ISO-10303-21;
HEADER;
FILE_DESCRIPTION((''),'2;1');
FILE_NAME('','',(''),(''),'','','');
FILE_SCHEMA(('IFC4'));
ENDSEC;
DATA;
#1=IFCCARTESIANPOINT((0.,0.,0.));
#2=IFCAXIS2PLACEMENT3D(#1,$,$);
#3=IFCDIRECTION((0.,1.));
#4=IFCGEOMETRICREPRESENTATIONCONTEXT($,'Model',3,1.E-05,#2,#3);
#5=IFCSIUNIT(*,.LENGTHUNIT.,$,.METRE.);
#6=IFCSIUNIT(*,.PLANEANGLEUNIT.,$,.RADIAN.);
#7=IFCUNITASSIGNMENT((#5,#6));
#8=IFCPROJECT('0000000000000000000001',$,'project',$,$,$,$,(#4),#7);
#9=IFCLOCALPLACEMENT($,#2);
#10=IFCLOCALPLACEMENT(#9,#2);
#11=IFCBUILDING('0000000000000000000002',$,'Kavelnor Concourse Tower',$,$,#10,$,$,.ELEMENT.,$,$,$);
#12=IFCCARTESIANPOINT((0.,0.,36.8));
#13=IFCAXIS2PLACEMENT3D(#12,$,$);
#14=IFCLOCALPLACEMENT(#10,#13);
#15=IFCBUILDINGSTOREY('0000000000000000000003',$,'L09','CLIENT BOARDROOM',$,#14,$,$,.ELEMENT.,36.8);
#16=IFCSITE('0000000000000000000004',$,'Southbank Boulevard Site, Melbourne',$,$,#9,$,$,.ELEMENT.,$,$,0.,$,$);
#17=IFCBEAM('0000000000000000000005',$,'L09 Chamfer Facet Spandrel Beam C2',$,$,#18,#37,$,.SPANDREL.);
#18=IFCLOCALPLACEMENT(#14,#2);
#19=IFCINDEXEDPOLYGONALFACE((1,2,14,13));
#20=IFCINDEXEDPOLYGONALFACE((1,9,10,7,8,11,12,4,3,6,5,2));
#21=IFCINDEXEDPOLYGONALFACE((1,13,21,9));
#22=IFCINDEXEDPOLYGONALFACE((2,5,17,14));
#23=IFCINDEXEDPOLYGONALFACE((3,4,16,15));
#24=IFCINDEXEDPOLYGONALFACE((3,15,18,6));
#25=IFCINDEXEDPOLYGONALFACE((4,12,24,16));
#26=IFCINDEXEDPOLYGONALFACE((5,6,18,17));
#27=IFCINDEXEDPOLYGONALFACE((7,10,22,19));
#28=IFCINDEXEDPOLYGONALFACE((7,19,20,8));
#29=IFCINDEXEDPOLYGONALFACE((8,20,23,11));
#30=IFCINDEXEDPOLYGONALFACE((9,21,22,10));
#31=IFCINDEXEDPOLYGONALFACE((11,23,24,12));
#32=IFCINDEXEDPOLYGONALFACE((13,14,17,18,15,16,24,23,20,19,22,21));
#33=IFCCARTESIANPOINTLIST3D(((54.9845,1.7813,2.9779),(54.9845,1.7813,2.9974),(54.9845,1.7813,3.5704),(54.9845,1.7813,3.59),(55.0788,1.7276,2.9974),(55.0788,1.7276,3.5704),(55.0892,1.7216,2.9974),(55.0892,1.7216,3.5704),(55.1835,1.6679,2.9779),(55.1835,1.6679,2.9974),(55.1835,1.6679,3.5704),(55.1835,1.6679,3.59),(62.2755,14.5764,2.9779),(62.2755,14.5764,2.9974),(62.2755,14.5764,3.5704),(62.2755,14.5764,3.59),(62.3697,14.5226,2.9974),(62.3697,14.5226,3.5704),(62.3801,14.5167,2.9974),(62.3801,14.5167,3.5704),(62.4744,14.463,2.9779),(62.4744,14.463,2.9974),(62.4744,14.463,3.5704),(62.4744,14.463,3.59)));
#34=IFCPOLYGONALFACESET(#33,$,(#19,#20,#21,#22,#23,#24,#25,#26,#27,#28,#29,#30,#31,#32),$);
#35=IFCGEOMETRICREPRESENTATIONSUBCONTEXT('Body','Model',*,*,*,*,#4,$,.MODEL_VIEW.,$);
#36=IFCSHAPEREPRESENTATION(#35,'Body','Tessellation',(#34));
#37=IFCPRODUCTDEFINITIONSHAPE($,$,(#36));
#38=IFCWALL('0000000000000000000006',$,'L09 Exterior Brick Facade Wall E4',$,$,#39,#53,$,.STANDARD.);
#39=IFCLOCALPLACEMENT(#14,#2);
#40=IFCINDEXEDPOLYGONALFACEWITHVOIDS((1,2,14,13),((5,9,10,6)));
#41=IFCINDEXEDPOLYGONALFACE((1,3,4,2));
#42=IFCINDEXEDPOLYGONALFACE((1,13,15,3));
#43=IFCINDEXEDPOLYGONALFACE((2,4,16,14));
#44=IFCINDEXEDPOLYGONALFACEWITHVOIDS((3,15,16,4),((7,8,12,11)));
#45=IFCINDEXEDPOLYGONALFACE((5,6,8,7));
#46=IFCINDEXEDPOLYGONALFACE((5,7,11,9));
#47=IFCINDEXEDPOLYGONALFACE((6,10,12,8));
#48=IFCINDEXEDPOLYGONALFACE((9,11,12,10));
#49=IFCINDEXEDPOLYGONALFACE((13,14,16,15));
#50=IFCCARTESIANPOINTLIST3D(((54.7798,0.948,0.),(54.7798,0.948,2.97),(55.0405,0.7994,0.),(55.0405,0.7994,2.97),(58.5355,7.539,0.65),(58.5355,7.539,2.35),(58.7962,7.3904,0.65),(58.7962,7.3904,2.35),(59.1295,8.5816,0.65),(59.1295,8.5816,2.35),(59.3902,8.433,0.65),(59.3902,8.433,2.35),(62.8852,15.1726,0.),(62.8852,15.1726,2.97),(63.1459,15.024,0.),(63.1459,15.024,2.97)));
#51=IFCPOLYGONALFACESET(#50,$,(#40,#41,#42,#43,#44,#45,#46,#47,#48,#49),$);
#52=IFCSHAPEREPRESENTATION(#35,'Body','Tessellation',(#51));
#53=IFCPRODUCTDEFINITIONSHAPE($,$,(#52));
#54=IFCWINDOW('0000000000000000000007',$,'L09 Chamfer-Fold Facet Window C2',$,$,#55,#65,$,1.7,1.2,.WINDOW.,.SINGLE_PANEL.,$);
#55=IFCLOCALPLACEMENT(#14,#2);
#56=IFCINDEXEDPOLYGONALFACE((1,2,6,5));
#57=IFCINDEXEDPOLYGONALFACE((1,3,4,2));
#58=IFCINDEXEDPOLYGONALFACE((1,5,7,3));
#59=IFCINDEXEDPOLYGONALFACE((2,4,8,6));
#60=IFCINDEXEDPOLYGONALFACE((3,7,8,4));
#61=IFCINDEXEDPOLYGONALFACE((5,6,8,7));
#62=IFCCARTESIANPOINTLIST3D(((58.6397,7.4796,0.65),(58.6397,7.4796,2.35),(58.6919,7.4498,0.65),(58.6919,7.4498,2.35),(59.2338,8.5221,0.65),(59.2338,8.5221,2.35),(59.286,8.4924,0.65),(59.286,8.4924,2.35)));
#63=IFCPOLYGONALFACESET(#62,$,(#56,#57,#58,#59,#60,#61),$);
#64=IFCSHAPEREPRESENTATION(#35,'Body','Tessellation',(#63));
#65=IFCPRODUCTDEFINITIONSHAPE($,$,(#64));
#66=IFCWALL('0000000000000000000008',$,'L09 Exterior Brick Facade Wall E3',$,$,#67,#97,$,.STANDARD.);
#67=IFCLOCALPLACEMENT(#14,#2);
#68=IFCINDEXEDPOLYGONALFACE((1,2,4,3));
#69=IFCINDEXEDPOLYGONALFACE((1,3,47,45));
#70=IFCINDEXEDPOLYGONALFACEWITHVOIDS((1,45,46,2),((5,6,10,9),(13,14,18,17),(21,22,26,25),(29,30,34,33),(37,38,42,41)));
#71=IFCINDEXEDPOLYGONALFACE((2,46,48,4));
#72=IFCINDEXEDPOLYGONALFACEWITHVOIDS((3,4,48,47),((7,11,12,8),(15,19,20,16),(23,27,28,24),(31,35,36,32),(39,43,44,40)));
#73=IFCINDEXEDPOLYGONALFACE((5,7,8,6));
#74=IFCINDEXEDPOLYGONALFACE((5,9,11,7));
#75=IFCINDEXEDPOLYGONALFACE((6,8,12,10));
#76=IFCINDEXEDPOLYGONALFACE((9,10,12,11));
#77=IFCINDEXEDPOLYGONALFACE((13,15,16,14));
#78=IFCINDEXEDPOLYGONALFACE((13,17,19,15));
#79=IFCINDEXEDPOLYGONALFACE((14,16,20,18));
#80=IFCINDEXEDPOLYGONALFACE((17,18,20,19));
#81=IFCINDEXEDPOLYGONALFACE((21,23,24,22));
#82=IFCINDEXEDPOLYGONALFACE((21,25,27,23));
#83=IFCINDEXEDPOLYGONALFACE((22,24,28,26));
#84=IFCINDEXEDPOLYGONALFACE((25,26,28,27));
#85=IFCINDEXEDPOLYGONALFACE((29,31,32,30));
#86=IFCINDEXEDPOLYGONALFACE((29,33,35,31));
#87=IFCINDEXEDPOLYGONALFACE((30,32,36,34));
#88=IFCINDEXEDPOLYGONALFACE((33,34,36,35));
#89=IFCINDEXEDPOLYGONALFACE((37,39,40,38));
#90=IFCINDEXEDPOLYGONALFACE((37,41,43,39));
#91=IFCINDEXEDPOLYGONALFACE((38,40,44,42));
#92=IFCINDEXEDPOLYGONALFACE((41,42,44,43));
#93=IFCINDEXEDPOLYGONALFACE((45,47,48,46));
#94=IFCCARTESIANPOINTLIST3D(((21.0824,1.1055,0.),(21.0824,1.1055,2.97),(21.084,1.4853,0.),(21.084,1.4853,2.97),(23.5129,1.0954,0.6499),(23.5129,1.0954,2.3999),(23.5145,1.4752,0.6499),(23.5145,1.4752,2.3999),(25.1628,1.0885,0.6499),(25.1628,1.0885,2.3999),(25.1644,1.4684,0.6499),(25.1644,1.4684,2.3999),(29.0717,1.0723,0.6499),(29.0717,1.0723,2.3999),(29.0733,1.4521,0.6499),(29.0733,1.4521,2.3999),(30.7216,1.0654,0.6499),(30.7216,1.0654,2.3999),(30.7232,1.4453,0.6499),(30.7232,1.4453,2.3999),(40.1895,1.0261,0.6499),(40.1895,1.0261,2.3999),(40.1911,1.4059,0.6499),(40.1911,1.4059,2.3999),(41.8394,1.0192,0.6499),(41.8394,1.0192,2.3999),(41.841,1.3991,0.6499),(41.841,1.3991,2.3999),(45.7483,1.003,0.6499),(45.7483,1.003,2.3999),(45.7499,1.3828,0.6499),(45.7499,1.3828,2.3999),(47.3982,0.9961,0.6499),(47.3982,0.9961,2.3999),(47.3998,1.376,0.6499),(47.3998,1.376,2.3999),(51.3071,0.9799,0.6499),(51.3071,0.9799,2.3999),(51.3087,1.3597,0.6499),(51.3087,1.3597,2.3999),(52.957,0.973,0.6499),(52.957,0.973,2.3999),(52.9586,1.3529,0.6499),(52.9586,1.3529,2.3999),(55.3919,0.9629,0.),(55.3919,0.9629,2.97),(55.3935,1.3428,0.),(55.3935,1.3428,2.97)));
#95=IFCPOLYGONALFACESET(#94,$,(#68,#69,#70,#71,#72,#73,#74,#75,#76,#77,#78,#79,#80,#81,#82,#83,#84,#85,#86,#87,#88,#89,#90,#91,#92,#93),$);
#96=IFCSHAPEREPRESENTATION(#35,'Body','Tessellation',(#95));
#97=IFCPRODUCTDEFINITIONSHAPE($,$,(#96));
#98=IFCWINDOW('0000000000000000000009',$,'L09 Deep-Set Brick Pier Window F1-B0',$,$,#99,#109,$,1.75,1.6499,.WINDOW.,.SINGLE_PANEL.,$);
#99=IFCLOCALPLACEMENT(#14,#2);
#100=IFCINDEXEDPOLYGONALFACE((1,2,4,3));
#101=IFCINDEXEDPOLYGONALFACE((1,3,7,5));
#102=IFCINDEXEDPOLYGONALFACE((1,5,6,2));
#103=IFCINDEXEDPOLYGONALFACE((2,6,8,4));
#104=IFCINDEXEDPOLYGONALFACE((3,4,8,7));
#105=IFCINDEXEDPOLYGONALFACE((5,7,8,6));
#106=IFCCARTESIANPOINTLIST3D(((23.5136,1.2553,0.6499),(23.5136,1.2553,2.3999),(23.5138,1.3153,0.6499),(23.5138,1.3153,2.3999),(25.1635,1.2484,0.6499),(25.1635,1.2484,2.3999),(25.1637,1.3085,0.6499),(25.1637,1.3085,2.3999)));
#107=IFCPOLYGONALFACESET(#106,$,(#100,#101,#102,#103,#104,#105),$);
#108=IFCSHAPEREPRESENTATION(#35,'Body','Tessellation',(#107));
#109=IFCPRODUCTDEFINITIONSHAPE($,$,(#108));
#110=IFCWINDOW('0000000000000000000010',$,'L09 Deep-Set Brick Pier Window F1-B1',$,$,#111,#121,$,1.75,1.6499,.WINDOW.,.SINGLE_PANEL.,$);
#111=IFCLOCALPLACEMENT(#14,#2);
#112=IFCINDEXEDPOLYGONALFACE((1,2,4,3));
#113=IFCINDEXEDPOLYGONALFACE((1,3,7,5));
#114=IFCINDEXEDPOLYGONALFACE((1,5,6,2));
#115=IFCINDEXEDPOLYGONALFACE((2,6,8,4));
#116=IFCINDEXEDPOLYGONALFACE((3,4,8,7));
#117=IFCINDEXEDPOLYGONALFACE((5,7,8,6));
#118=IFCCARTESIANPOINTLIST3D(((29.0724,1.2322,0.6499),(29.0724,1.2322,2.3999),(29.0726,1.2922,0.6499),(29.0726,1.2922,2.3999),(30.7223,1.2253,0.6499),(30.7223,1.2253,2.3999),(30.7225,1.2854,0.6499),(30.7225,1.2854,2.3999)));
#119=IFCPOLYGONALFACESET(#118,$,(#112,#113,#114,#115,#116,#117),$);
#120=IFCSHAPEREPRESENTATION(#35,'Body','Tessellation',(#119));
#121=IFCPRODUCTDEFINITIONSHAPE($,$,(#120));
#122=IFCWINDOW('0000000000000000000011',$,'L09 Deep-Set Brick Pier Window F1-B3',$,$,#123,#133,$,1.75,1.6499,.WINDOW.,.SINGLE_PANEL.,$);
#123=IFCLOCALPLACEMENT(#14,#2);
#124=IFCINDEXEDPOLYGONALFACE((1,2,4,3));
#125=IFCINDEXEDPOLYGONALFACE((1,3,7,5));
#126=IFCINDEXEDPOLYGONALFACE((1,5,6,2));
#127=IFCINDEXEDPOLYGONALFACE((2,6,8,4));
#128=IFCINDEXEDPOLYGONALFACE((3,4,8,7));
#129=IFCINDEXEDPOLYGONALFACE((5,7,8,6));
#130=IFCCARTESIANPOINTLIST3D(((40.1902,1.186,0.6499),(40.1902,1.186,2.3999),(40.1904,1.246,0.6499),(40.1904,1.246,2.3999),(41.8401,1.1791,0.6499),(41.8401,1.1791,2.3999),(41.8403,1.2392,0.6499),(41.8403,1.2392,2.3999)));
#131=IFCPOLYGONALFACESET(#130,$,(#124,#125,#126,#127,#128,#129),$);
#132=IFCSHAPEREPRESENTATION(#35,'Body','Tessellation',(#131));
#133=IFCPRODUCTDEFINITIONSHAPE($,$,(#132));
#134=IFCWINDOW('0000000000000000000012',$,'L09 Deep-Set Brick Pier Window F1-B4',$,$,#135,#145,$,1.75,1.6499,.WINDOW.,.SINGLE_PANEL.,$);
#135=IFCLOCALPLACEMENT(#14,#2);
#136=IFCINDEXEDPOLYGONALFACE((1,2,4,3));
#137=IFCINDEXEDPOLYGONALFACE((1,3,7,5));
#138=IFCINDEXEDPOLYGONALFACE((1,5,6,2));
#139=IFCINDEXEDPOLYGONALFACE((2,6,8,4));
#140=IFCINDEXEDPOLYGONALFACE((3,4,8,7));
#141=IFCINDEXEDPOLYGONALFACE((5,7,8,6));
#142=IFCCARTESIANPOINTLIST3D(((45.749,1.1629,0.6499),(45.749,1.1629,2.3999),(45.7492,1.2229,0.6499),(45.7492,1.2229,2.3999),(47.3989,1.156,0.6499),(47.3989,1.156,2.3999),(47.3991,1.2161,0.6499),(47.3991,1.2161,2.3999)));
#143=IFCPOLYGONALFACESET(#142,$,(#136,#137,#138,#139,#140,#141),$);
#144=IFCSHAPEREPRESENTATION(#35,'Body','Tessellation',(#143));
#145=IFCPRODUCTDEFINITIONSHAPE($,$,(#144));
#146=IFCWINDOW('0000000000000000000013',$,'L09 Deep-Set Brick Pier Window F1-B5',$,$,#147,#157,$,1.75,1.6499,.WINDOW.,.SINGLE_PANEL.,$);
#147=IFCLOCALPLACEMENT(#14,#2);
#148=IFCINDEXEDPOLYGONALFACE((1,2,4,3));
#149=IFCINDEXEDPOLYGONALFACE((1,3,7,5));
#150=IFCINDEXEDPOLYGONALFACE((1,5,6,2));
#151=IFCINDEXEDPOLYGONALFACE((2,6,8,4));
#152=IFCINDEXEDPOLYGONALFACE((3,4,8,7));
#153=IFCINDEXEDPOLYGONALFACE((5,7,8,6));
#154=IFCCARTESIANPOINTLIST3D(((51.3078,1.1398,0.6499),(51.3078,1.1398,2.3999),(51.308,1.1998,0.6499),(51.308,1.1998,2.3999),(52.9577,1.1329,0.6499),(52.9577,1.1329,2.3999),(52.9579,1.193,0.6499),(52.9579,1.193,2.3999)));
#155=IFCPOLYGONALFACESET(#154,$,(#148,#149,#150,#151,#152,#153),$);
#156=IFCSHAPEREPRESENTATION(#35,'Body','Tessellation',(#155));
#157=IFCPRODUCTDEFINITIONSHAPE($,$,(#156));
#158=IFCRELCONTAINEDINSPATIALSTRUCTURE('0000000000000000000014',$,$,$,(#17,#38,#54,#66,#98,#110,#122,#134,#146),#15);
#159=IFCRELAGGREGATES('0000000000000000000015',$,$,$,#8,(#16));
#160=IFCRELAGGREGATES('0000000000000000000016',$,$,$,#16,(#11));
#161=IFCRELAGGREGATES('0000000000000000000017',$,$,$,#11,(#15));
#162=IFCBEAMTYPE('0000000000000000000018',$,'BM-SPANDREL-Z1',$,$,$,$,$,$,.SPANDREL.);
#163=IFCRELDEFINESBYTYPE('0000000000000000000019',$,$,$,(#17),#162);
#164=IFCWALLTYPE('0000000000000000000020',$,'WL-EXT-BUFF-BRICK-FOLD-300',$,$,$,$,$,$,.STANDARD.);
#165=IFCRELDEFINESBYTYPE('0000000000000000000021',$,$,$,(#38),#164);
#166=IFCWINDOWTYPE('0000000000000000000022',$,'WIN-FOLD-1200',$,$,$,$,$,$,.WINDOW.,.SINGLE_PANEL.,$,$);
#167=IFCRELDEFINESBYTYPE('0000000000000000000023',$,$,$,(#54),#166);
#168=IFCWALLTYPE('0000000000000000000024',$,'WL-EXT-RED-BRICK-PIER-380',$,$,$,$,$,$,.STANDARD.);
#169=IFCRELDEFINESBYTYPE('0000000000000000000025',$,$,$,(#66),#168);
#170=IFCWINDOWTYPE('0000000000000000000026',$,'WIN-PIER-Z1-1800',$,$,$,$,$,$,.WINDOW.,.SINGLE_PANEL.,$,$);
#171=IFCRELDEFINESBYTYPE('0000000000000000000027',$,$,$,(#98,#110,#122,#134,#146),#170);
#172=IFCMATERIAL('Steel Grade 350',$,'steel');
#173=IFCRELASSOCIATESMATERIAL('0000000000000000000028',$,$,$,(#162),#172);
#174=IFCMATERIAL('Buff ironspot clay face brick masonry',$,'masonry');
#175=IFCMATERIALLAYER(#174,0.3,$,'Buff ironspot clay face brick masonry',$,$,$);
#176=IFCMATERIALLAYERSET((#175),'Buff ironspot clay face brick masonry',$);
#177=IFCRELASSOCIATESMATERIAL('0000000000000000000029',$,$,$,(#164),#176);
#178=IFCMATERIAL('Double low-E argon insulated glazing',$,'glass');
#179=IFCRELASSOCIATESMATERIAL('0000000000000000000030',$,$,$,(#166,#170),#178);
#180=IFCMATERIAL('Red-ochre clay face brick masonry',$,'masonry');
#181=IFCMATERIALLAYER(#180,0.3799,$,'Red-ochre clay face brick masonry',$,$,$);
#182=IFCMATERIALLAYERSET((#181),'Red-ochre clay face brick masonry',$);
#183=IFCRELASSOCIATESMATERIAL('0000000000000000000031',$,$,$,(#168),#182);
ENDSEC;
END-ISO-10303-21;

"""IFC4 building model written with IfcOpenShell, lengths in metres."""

from ifc_helpers import new_model, si_unit, direction, frame, frame_2d, origin, origin_2d, place, context, subcontext, project, spatial, rectangle, i_section, extrude, material, layer, layer_set, material_profile, profile_set, type_object, element, fill, save


model = new_model("IFC4")

# Units and contexts
model_context = context("Model", 3, precision=1e-05, world=origin(), true_north=direction((0.0, 1.0)))
body_context = subcontext(model_context, "Body", "Model", "MODEL_VIEW")
ifc_project = project(units=[si_unit("LENGTHUNIT", "METRE"), si_unit("PLANEANGLEUNIT", "RADIAN")], contexts=[model_context])

# Site, building, storey
site_placement = place(None, origin())
site = spatial("IfcSite", under=ifc_project, at=site_placement, Name="Southbank Boulevard Site, Melbourne", CompositionType="ELEMENT", RefElevation=0.0)
building_placement = place(site_placement, origin())
building = spatial("IfcBuilding", under=site, at=building_placement, Name="Kavelnor Concourse Tower", CompositionType="ELEMENT")
storey_placement = place(building_placement, frame((0.0, 0.0, 36.8)))
storey = spatial("IfcBuildingStorey", under=building, at=storey_placement, Name="L09", Description="CLIENT BOARDROOM", CompositionType="ELEMENT", Elevation=36.8)

# Shared definitions
ifc_material_1 = material(Name="Steel Grade 350", Category="steel")

# Beam
ifc_material_profile_1 = material_profile(ifc_material_1, i_section(OverallWidth=0.229, OverallDepth=0.6121, WebThickness=0.012, FlangeThickness=0.0195, at=origin_2d()), Name="610UB125")
ifc_profile_set_1 = profile_set([ifc_material_profile_1], Name="Steel Grade 350")
beam_type_1 = type_object("IfcBeamType", Name="BM-SPANDREL-Z1", PredefinedType="SPANDREL", material=ifc_profile_set_1)
beam_1_placement = place(storey_placement, frame((55.084, 1.7246, 3.2839), z_axis=(0.495089, 0.868842, 0.0), x_axis=(-0.868842, 0.495089, 0.0)))
element("IfcBeam", 1, at=beam_1_placement, inside=storey, type_object=beam_type_1, Name="L09 Chamfer Facet Spandrel Beam C2", PredefinedType="SPANDREL", context=body_context, shape_type="SweptSolid", body=[
    extrude(i_section(OverallWidth=0.229, OverallDepth=0.6121, WebThickness=0.012, FlangeThickness=0.0195, at=origin_2d()), origin(), (0.0, 0.0, 1.0), 14.7266),
])

# Wall, opening, window
ifc_material_2 = material(Name="Buff ironspot clay face brick masonry", Category="masonry")
ifc_layer_1 = layer(ifc_material_2, 0.3, Name="Buff ironspot clay face brick masonry")
ifc_layer_set_1 = layer_set([ifc_layer_1], Name="Buff ironspot clay face brick masonry")
wall_type_1 = type_object("IfcWallType", Name="WL-EXT-BUFF-BRICK-FOLD-300", PredefinedType="STANDARD", material=ifc_layer_set_1)
wall_1_placement = place(storey_placement, frame((63.0156, 15.0984, 0.0), z_axis=(0.0, 0.0, 1.0), x_axis=(-0.495085, -0.868844, 0.0)))
wall_1 = element("IfcWall", 2, at=wall_1_placement, inside=storey, type_object=wall_type_1, Name="L09 Exterior Brick Facade Wall E4", PredefinedType="STANDARD", context=body_context, shape_type="SweptSolid", body=[
    extrude(rectangle(XDim=16.3718, YDim=0.3, at=frame_2d((8.186, 0.0))), origin(), (0.0, 0.0, 1.0), 2.97),
])
opening_1_placement = place(wall_1_placement, frame((7.5859, 0.0, 0.6499)))
opening_1 = element("IfcOpeningElement", 3, at=opening_1_placement, cuts=wall_1, PredefinedType="OPENING", context=body_context, shape_type="SweptSolid", body=[
    extrude(rectangle(XDim=1.2, YDim=1.7, at=frame_2d((0.6001, 0.8501))), frame((0.0, 0.1602, 0.0), z_axis=(0.0, -1.0, 0.0), x_axis=(1.0, 0.0, 0.0)), (0.0, 0.0, 1.0), 0.3201),
])
ifc_material_3 = material(Name="Double low-E argon insulated glazing", Category="glass")
window_type_1 = type_object("IfcWindowType", Name="WIN-FOLD-1200", PartitioningType="SINGLE_PANEL", PredefinedType="WINDOW", material=ifc_material_3)
window_1_placement = place(opening_1_placement, origin())
window_1 = element("IfcWindow", 4, at=window_1_placement, inside=storey, type_object=window_type_1, Name="L09 Chamfer-Fold Facet Window C2", OverallHeight=1.7, OverallWidth=1.2, PartitioningType="SINGLE_PANEL", PredefinedType="WINDOW", context=body_context, shape_type="SweptSolid", body=[
    extrude(rectangle(XDim=1.2, YDim=1.7, at=frame_2d((0.6001, 0.8501))), frame((0.0, 0.03, 0.0), z_axis=(0.0, -1.0, 0.0), x_axis=(1.0, 0.0, 0.0)), (0.0, 0.0, 1.0), 0.0601),
])
fill(opening_1, window_1)

# Wall, openings, windows
ifc_material_4 = material(Name="Red-ochre clay face brick masonry", Category="masonry")
ifc_layer_2 = layer(ifc_material_4, 0.3799, Name="Red-ochre clay face brick masonry")
ifc_layer_set_2 = layer_set([ifc_layer_2], Name="Red-ochre clay face brick masonry")
wall_type_2 = type_object("IfcWallType", Name="WL-EXT-RED-BRICK-PIER-380", PredefinedType="STANDARD", material=ifc_layer_set_2)
wall_2_placement = place(storey_placement, frame((55.3926, 1.1528, 0.0), z_axis=(0.0, 0.0, 1.0), x_axis=(-0.999991, 0.004156, 0.0)))
wall_2 = element("IfcWall", 5, at=wall_2_placement, inside=storey, type_object=wall_type_2, Name="L09 Exterior Brick Facade Wall E3", PredefinedType="STANDARD", context=body_context, shape_type="SweptSolid", body=[
    extrude(rectangle(XDim=34.3098, YDim=0.3799, at=frame_2d((17.1548, 0.0))), origin(), (0.0, 0.0, 1.0), 2.97),
])
opening_2_placement = place(wall_2_placement, frame((30.2292, 0.0, 0.6499)))
opening_2 = element("IfcOpeningElement", 6, at=opening_2_placement, cuts=wall_2, PredefinedType="OPENING", context=body_context, shape_type="SweptSolid", body=[
    extrude(rectangle(XDim=1.6499, YDim=1.75, at=frame_2d((0.825, 0.875))), frame((0.0, 0.2, 0.0), z_axis=(0.0, -1.0, 0.0), x_axis=(1.0, 0.0, 0.0)), (0.0, 0.0, 1.0), 0.3999),
])
opening_3_placement = place(wall_2_placement, frame((24.6704, 0.0, 0.6499)))
opening_3 = element("IfcOpeningElement", 7, at=opening_3_placement, cuts=wall_2, PredefinedType="OPENING", context=body_context, shape_type="SweptSolid", body=[
    extrude(rectangle(XDim=1.6499, YDim=1.75, at=frame_2d((0.825, 0.875))), frame((0.0, 0.2, 0.0), z_axis=(0.0, -1.0, 0.0), x_axis=(1.0, 0.0, 0.0)), (0.0, 0.0, 1.0), 0.3999),
])
opening_4_placement = place(wall_2_placement, frame((13.5525, 0.0, 0.6499)))
opening_4 = element("IfcOpeningElement", 8, at=opening_4_placement, cuts=wall_2, PredefinedType="OPENING", context=body_context, shape_type="SweptSolid", body=[
    extrude(rectangle(XDim=1.6499, YDim=1.75, at=frame_2d((0.825, 0.875))), frame((0.0, 0.2, 0.0), z_axis=(0.0, -1.0, 0.0), x_axis=(1.0, 0.0, 0.0)), (0.0, 0.0, 1.0), 0.3999),
])
opening_5_placement = place(wall_2_placement, frame((7.9937, 0.0, 0.6499)))
opening_5 = element("IfcOpeningElement", 9, at=opening_5_placement, cuts=wall_2, PredefinedType="OPENING", context=body_context, shape_type="SweptSolid", body=[
    extrude(rectangle(XDim=1.6499, YDim=1.75, at=frame_2d((0.825, 0.875))), frame((0.0, 0.2, 0.0), z_axis=(0.0, -1.0, 0.0), x_axis=(1.0, 0.0, 0.0)), (0.0, 0.0, 1.0), 0.3999),
])
opening_6_placement = place(wall_2_placement, frame((2.4348, 0.0, 0.6499)))
opening_6 = element("IfcOpeningElement", 10, at=opening_6_placement, cuts=wall_2, PredefinedType="OPENING", context=body_context, shape_type="SweptSolid", body=[
    extrude(rectangle(XDim=1.6499, YDim=1.75, at=frame_2d((0.825, 0.875))), frame((0.0, 0.2, 0.0), z_axis=(0.0, -1.0, 0.0), x_axis=(1.0, 0.0, 0.0)), (0.0, 0.0, 1.0), 0.3999),
])
window_type_2 = type_object("IfcWindowType", Name="WIN-PIER-Z1-1800", PartitioningType="SINGLE_PANEL", PredefinedType="WINDOW", material=ifc_material_3)
window_2_placement = place(opening_2_placement, origin())
window_2 = element("IfcWindow", 11, at=window_2_placement, inside=storey, type_object=window_type_2, Name="L09 Deep-Set Brick Pier Window F1-B0", OverallHeight=1.75, OverallWidth=1.6499, PartitioningType="SINGLE_PANEL", PredefinedType="WINDOW", context=body_context, shape_type="SweptSolid", body=[
    extrude(rectangle(XDim=1.6499, YDim=1.75, at=frame_2d((0.825, 0.875))), frame((0.0, 0.03, 0.0), z_axis=(0.0, -1.0, 0.0), x_axis=(1.0, 0.0, 0.0)), (0.0, 0.0, 1.0), 0.0601),
])
fill(opening_2, window_2)
window_3_placement = place(opening_3_placement, origin())
window_3 = element("IfcWindow", 12, at=window_3_placement, inside=storey, type_object=window_type_2, Name="L09 Deep-Set Brick Pier Window F1-B1", OverallHeight=1.75, OverallWidth=1.6499, PartitioningType="SINGLE_PANEL", PredefinedType="WINDOW", context=body_context, shape_type="SweptSolid", body=[
    extrude(rectangle(XDim=1.6499, YDim=1.75, at=frame_2d((0.825, 0.875))), frame((0.0, 0.03, 0.0), z_axis=(0.0, -1.0, 0.0), x_axis=(1.0, 0.0, 0.0)), (0.0, 0.0, 1.0), 0.0601),
])
fill(opening_3, window_3)
window_4_placement = place(opening_4_placement, origin())
window_4 = element("IfcWindow", 13, at=window_4_placement, inside=storey, type_object=window_type_2, Name="L09 Deep-Set Brick Pier Window F1-B3", OverallHeight=1.75, OverallWidth=1.6499, PartitioningType="SINGLE_PANEL", PredefinedType="WINDOW", context=body_context, shape_type="SweptSolid", body=[
    extrude(rectangle(XDim=1.6499, YDim=1.75, at=frame_2d((0.825, 0.875))), frame((0.0, 0.03, 0.0), z_axis=(0.0, -1.0, 0.0), x_axis=(1.0, 0.0, 0.0)), (0.0, 0.0, 1.0), 0.0601),
])
fill(opening_4, window_4)
window_5_placement = place(opening_5_placement, origin())
window_5 = element("IfcWindow", 14, at=window_5_placement, inside=storey, type_object=window_type_2, Name="L09 Deep-Set Brick Pier Window F1-B4", OverallHeight=1.75, OverallWidth=1.6499, PartitioningType="SINGLE_PANEL", PredefinedType="WINDOW", context=body_context, shape_type="SweptSolid", body=[
    extrude(rectangle(XDim=1.6499, YDim=1.75, at=frame_2d((0.825, 0.875))), frame((0.0, 0.03, 0.0), z_axis=(0.0, -1.0, 0.0), x_axis=(1.0, 0.0, 0.0)), (0.0, 0.0, 1.0), 0.0601),
])
fill(opening_5, window_5)
window_6_placement = place(opening_6_placement, origin())
window_6 = element("IfcWindow", 15, at=window_6_placement, inside=storey, type_object=window_type_2, Name="L09 Deep-Set Brick Pier Window F1-B5", OverallHeight=1.75, OverallWidth=1.6499, PartitioningType="SINGLE_PANEL", PredefinedType="WINDOW", context=body_context, shape_type="SweptSolid", body=[
    extrude(rectangle(XDim=1.6499, YDim=1.75, at=frame_2d((0.825, 0.875))), frame((0.0, 0.03, 0.0), z_axis=(0.0, -1.0, 0.0), x_axis=(1.0, 0.0, 0.0)), (0.0, 0.0, 1.0), 0.0601),
])
fill(opening_6, window_6)

save(model, "model.ifc")
